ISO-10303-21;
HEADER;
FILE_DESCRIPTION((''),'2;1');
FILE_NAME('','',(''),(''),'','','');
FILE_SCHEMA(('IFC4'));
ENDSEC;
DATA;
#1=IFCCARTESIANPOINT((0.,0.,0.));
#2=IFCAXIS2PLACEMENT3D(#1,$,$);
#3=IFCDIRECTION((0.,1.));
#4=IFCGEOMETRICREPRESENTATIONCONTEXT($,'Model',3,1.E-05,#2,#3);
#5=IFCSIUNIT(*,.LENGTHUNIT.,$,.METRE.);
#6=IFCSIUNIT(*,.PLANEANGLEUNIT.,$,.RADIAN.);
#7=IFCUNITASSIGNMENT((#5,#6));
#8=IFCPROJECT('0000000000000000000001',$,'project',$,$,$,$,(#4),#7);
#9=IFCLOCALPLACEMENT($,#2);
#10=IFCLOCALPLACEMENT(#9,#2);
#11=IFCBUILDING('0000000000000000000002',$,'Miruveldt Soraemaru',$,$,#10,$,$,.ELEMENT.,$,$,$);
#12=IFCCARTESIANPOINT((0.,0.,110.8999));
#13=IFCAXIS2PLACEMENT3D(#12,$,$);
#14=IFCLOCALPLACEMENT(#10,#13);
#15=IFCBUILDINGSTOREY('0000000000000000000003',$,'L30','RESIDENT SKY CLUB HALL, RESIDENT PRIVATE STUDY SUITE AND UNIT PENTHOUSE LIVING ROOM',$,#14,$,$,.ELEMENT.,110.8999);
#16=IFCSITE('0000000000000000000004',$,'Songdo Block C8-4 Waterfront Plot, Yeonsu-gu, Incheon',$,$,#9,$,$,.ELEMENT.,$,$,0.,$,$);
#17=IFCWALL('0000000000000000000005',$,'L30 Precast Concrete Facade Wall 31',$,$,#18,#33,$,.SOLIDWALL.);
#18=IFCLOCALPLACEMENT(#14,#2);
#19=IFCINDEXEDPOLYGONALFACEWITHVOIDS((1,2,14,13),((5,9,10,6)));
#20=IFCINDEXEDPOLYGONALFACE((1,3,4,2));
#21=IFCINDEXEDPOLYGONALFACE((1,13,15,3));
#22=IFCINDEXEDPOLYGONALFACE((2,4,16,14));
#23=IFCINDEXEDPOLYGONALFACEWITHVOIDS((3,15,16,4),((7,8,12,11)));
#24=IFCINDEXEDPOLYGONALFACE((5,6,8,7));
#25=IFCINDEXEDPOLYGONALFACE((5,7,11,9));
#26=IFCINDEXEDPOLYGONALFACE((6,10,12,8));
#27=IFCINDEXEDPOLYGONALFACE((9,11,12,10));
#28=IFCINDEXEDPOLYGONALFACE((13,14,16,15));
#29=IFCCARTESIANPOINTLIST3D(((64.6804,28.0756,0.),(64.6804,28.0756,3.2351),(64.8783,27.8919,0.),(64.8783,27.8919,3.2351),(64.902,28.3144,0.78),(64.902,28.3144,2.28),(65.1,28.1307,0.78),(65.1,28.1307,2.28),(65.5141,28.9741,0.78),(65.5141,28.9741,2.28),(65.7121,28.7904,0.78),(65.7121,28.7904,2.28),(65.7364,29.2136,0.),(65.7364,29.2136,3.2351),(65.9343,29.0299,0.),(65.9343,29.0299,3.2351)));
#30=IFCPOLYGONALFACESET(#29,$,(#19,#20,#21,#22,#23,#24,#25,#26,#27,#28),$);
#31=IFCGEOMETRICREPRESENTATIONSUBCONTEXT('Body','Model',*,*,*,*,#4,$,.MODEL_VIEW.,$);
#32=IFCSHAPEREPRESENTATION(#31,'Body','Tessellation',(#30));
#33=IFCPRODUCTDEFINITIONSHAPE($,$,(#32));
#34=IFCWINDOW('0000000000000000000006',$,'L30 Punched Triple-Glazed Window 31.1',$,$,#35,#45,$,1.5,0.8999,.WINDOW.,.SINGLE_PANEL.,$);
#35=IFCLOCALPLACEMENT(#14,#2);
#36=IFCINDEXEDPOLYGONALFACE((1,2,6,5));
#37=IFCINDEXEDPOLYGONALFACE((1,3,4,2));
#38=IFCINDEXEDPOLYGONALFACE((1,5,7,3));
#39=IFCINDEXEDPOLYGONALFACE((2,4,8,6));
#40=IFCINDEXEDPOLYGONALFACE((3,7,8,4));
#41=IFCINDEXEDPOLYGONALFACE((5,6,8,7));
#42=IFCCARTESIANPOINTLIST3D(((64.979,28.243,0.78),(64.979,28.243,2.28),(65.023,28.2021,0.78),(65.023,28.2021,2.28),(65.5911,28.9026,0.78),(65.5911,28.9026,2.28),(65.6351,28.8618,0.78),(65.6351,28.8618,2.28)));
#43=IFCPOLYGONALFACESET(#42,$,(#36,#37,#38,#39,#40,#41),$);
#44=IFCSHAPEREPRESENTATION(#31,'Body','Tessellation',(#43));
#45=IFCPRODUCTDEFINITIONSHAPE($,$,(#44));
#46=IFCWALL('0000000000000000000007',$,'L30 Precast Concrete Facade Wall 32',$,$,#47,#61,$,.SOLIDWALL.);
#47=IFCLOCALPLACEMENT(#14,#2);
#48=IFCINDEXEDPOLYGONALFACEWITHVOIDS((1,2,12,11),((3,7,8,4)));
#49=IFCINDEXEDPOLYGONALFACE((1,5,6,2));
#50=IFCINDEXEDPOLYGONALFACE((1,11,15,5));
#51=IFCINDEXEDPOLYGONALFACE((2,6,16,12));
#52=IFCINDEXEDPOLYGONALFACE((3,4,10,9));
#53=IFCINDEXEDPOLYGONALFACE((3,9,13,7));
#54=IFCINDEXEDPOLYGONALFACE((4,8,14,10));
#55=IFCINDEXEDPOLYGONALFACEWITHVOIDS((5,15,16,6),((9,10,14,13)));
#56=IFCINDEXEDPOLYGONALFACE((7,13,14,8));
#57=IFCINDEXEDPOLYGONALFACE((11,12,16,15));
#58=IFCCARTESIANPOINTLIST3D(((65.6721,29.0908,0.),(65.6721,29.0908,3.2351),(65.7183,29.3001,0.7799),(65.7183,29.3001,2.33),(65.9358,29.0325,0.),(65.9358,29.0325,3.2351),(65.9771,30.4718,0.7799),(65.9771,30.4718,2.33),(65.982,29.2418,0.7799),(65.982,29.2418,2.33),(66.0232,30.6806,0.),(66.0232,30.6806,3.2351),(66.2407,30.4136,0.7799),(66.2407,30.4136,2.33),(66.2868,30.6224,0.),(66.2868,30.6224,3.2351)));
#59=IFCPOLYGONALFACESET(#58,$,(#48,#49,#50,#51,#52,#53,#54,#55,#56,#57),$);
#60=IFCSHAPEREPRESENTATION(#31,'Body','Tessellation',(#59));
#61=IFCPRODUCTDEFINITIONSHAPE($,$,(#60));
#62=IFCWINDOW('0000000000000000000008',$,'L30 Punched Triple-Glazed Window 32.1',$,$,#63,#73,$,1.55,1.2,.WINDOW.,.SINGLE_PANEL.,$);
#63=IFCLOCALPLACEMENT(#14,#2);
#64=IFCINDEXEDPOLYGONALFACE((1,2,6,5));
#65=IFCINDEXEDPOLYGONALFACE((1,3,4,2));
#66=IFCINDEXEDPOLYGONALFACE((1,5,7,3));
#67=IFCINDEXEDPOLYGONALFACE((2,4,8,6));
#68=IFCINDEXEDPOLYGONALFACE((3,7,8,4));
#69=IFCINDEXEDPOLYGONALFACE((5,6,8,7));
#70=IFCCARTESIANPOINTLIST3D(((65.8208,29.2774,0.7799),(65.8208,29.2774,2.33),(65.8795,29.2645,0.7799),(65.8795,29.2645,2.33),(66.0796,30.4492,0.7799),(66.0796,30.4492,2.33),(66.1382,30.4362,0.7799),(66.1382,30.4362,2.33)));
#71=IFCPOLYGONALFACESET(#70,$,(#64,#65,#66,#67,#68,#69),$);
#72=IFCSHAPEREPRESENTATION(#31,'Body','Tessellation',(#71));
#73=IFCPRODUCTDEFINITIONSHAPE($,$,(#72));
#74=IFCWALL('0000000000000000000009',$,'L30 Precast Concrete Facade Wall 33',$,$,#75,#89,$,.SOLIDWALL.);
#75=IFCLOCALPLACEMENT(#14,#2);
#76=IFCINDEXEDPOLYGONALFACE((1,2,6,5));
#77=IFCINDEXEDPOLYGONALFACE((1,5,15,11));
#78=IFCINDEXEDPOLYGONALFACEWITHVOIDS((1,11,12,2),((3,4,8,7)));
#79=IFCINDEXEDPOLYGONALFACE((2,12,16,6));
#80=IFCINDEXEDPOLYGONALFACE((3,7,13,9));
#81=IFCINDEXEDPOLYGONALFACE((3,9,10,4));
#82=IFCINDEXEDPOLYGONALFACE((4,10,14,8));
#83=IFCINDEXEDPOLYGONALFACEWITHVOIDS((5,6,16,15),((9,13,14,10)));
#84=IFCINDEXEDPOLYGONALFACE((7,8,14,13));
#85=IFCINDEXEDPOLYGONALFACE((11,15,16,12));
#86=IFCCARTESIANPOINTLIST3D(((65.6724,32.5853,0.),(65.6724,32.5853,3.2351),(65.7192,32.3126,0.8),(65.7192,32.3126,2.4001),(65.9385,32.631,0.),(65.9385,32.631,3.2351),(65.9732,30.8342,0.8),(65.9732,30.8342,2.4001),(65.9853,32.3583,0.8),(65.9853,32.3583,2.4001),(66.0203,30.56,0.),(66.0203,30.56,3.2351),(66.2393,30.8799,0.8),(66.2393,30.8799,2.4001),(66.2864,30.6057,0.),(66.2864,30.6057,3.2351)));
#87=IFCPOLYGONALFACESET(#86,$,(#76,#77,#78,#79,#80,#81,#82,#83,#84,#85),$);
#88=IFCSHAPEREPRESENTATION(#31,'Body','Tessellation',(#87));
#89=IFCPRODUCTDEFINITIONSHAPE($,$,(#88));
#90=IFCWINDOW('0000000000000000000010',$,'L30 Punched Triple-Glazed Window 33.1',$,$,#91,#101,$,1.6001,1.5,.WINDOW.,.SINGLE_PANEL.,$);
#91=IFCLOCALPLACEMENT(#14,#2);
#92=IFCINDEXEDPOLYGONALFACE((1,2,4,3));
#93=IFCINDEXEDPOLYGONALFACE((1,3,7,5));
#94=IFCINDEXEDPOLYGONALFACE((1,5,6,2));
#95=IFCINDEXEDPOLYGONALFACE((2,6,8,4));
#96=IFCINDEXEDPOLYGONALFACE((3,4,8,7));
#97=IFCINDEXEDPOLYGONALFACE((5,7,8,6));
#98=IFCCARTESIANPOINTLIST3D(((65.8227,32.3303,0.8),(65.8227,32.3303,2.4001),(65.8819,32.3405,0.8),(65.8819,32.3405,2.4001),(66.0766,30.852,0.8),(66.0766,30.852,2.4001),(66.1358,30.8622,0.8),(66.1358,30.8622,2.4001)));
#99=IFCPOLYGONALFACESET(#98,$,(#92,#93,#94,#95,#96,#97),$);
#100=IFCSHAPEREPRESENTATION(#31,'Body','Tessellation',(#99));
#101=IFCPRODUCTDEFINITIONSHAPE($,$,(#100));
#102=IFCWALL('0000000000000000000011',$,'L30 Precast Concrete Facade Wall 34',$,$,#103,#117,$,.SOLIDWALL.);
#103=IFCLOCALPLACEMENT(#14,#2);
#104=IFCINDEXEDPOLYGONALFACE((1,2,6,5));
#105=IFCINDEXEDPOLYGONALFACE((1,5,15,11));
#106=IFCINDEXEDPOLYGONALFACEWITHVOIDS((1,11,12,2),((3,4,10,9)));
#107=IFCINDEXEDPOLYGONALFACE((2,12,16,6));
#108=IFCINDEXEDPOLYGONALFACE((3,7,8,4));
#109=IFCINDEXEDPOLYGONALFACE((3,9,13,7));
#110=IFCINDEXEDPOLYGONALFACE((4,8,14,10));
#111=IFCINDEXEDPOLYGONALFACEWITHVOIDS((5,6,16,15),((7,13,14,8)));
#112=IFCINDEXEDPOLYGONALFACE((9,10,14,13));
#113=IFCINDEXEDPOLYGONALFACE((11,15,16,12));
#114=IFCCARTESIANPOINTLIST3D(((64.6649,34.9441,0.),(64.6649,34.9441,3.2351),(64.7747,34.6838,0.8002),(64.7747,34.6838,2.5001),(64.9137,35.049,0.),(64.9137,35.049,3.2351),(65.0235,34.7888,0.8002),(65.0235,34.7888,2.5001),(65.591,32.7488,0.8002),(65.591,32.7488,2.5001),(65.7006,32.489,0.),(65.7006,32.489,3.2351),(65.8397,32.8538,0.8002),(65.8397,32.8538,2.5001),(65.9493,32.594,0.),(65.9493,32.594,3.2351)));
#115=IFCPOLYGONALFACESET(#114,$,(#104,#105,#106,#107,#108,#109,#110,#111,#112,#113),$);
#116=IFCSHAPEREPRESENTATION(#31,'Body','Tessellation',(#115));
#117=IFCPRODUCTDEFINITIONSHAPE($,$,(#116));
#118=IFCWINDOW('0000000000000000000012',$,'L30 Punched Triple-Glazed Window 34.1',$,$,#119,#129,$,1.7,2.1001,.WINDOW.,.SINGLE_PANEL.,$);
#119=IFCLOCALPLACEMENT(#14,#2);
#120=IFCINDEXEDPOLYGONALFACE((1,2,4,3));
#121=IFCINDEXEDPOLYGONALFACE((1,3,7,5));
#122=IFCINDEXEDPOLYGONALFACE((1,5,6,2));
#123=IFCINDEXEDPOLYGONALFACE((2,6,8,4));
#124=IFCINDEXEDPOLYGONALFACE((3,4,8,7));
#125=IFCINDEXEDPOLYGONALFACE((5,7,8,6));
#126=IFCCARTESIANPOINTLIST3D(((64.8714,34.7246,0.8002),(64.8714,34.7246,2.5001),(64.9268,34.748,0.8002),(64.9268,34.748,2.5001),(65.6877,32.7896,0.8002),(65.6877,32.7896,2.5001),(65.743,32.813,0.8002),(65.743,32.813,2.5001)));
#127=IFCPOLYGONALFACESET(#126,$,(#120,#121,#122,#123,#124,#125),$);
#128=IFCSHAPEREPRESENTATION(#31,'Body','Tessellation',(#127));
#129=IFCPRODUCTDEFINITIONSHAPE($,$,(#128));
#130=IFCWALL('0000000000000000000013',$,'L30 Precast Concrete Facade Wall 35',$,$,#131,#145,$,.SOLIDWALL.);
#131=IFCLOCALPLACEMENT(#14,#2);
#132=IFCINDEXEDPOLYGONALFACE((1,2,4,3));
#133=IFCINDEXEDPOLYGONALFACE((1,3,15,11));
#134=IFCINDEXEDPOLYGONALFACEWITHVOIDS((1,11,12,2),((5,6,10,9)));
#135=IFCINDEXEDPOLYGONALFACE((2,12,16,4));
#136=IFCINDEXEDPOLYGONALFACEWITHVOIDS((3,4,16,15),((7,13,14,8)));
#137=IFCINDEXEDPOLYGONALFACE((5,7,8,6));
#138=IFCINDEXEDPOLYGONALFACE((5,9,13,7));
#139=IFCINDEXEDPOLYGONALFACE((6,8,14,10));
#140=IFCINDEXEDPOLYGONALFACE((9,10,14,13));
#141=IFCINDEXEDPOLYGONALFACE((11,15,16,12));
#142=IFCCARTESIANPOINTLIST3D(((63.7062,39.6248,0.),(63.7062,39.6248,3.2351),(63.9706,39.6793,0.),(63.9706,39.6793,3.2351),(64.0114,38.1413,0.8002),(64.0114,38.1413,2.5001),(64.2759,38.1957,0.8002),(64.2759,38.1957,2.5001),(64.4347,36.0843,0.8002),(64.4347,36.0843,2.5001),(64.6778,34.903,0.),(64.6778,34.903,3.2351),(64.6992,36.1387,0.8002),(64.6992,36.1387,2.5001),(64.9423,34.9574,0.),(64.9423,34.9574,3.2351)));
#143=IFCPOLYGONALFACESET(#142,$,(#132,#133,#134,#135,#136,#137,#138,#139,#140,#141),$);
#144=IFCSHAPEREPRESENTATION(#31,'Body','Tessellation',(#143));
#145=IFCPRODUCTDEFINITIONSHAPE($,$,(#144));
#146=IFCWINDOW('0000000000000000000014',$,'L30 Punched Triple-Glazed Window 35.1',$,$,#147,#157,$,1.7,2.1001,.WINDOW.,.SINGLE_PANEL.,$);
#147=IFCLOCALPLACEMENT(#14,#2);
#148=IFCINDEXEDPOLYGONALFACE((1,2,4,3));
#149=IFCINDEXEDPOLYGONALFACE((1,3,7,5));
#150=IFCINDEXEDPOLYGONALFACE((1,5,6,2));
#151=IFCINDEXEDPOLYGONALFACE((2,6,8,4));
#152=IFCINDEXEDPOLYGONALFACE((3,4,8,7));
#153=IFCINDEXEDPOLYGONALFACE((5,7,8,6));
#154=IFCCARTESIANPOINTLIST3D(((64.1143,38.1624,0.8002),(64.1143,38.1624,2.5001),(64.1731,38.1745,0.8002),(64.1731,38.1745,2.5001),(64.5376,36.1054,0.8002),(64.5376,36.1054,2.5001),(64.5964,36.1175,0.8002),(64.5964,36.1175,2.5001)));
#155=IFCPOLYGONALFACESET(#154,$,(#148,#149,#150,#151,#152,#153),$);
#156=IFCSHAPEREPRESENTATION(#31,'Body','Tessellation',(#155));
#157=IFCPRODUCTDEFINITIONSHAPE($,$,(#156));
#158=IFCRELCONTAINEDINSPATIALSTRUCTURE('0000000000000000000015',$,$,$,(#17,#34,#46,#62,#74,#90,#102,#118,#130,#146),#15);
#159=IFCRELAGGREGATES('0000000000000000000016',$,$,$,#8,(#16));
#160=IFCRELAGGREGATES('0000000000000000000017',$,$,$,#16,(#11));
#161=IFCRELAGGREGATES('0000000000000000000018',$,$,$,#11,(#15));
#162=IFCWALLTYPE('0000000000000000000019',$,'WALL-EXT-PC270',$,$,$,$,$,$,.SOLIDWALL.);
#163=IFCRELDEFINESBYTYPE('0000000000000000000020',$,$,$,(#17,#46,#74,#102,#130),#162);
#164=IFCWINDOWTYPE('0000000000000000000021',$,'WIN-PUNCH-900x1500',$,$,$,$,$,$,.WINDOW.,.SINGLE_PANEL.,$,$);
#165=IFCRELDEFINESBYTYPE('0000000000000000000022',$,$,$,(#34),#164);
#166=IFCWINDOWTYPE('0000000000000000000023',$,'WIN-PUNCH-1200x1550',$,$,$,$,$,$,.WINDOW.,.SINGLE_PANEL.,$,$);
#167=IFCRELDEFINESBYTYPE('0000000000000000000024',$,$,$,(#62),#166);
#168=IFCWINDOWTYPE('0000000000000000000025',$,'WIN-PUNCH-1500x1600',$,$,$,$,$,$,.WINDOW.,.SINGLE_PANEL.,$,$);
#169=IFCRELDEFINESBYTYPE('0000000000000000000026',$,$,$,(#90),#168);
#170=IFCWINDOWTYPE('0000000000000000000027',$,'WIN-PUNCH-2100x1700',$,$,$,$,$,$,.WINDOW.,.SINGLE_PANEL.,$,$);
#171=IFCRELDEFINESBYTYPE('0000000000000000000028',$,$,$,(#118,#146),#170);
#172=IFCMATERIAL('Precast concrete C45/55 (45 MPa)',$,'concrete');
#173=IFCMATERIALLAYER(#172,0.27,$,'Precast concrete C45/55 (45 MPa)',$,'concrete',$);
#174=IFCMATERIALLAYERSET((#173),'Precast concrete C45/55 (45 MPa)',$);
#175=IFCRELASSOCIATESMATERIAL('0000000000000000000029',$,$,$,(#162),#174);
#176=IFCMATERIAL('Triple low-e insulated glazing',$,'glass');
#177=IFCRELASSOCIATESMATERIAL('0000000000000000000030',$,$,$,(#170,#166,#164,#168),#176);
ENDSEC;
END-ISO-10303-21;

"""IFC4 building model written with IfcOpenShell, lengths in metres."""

from ifc_helpers import new_model, si_unit, direction, frame, frame_2d, origin, place, context, subcontext, project, spatial, rectangle, extrude, material, layer, layer_set, type_object, element, fill, save


model = new_model("IFC4")

# Units and contexts
model_context = context("Model", 3, precision=1e-05, world=origin(), true_north=direction((0.0, 1.0)))
body_context = subcontext(model_context, "Body", "Model", "MODEL_VIEW")
ifc_project = project(units=[si_unit("LENGTHUNIT", "METRE"), si_unit("PLANEANGLEUNIT", "RADIAN")], contexts=[model_context])

# Site, building, storey
site_placement = place(None, origin())
site = spatial("IfcSite", under=ifc_project, at=site_placement, Name="Songdo Block C8-4 Waterfront Plot, Yeonsu-gu, Incheon", CompositionType="ELEMENT", RefElevation=0.0)
building_placement = place(site_placement, origin())
building = spatial("IfcBuilding", under=site, at=building_placement, Name="Miruveldt Soraemaru", CompositionType="ELEMENT")
storey_placement = place(building_placement, frame((0.0, 0.0, 110.8999)))
storey = spatial("IfcBuildingStorey", under=building, at=storey_placement, Name="L30", Description="RESIDENT SKY CLUB HALL, RESIDENT PRIVATE STUDY SUITE AND UNIT PENTHOUSE LIVING ROOM", CompositionType="ELEMENT", Elevation=110.8999)

# Walls, openings, windows
ifc_material_1 = material(Name="Precast concrete C45/55 (45 MPa)", Category="concrete")
ifc_layer_1 = layer(ifc_material_1, 0.27, Name="Precast concrete C45/55 (45 MPa)", Category="concrete")
ifc_layer_set_1 = layer_set([ifc_layer_1], Name="Precast concrete C45/55 (45 MPa)")
wall_type_1 = type_object("IfcWallType", Name="WALL-EXT-PC270", PredefinedType="SOLIDWALL", material=ifc_layer_set_1)
ifc_material_2 = material(Name="Triple low-e insulated glazing", Category="glass")
window_type_1 = type_object("IfcWindowType", Name="WIN-PUNCH-2100x1700", PartitioningType="SINGLE_PANEL", PredefinedType="WINDOW", material=ifc_material_2)
window_type_2 = type_object("IfcWindowType", Name="WIN-PUNCH-1200x1550", PartitioningType="SINGLE_PANEL", PredefinedType="WINDOW", material=ifc_material_2)
wall_1_placement = place(storey_placement, frame((64.7793, 27.9836, 0.0), z_axis=(0.0, 0.0, 1.0), x_axis=(0.680192, 0.733034, 0.0)))
wall_1 = element("IfcWall", 1, at=wall_1_placement, inside=storey, type_object=wall_type_1, Name="L30 Precast Concrete Facade Wall 31", PredefinedType="SOLIDWALL", context=body_context, shape_type="SweptSolid", body=[
    extrude(rectangle(XDim=1.5525, YDim=0.27, at=frame_2d((0.7764, 0.0))), origin(), (0.0, 0.0, 1.0), 3.2351),
])
opening_1_placement = place(wall_1_placement, frame((0.3259, 0.0, 0.78)))
opening_1 = element("IfcOpeningElement", 2, at=opening_1_placement, cuts=wall_1, PredefinedType="OPENING", context=body_context, shape_type="SweptSolid", body=[
    extrude(rectangle(XDim=0.8999, YDim=1.5, at=frame_2d((0.45, 0.75))), frame((0.0, 0.145, 0.0), z_axis=(0.0, -1.0, 0.0), x_axis=(1.0, 0.0, 0.0)), (0.0, 0.0, 1.0), 0.29),
])
window_type_3 = type_object("IfcWindowType", Name="WIN-PUNCH-900x1500", PartitioningType="SINGLE_PANEL", PredefinedType="WINDOW", material=ifc_material_2)
window_1_placement = place(opening_1_placement, origin())
window_1 = element("IfcWindow", 3, at=window_1_placement, inside=storey, type_object=window_type_3, Name="L30 Punched Triple-Glazed Window 31.1", OverallHeight=1.5, OverallWidth=0.8999, PartitioningType="SINGLE_PANEL", PredefinedType="WINDOW", context=body_context, shape_type="SweptSolid", body=[
    extrude(rectangle(XDim=0.8999, YDim=1.5, at=frame_2d((0.45, 0.75))), frame((0.0, 0.03, 0.0), z_axis=(0.0, -1.0, 0.0), x_axis=(1.0, 0.0, 0.0)), (0.0, 0.0, 1.0), 0.0601),
])
fill(opening_1, window_1)
wall_2_placement = place(storey_placement, frame((65.804, 29.0618, 0.0), z_axis=(0.0, 0.0, 1.0), x_axis=(0.215628, 0.976476, 0.0)))
wall_2 = element("IfcWall", 4, at=wall_2_placement, inside=storey, type_object=wall_type_1, Name="L30 Precast Concrete Facade Wall 32", PredefinedType="SOLIDWALL", context=body_context, shape_type="SweptSolid", body=[
    extrude(rectangle(XDim=1.6282, YDim=0.27, at=frame_2d((0.814, 0.0))), origin(), (0.0, 0.0, 1.0), 3.2351),
])
opening_2_placement = place(wall_2_placement, frame((0.2141, 0.0, 0.78)))
opening_2 = element("IfcOpeningElement", 5, at=opening_2_placement, cuts=wall_2, PredefinedType="OPENING", context=body_context, shape_type="SweptSolid", body=[
    extrude(rectangle(XDim=1.2, YDim=1.55, at=frame_2d((0.6001, 0.7749))), frame((0.0, 0.145, 0.0), z_axis=(0.0, -1.0, 0.0), x_axis=(1.0, 0.0, 0.0)), (0.0, 0.0, 1.0), 0.29),
])
window_2_placement = place(opening_2_placement, origin())
window_2 = element("IfcWindow", 6, at=window_2_placement, inside=storey, type_object=window_type_2, Name="L30 Punched Triple-Glazed Window 32.1", OverallHeight=1.55, OverallWidth=1.2, PartitioningType="SINGLE_PANEL", PredefinedType="WINDOW", context=body_context, shape_type="SweptSolid", body=[
    extrude(rectangle(XDim=1.2, YDim=1.55, at=frame_2d((0.6001, 0.7749))), frame((0.0, 0.03, 0.0), z_axis=(0.0, -1.0, 0.0), x_axis=(1.0, 0.0, 0.0)), (0.0, 0.0, 1.0), 0.0601),
])
fill(opening_2, window_2)
wall_3_placement = place(storey_placement, frame((66.1533, 30.583, 0.0), z_axis=(0.0, 0.0, 1.0), x_axis=(-0.16931, 0.985563, 0.0)))
wall_3 = element("IfcWall", 7, at=wall_3_placement, inside=storey, type_object=wall_type_1, Name="L30 Precast Concrete Facade Wall 33", PredefinedType="SOLIDWALL", context=body_context, shape_type="SweptSolid", body=[
    extrude(rectangle(XDim=2.0549, YDim=0.27, at=frame_2d((1.0273, 0.0))), origin(), (0.0, 0.0, 1.0), 3.2351),
])
opening_3_placement = place(wall_3_placement, frame((0.2781, 0.0, 0.8)))
opening_3 = element("IfcOpeningElement", 8, at=opening_3_placement, cuts=wall_3, PredefinedType="OPENING", context=body_context, shape_type="SweptSolid", body=[
    extrude(rectangle(XDim=1.5, YDim=1.6001, at=frame_2d((0.75, 0.8))), frame((0.0, 0.145, 0.0), z_axis=(0.0, -1.0, 0.0), x_axis=(1.0, 0.0, 0.0)), (0.0, 0.0, 1.0), 0.29),
])
window_type_4 = type_object("IfcWindowType", Name="WIN-PUNCH-1500x1600", PartitioningType="SINGLE_PANEL", PredefinedType="WINDOW", material=ifc_material_2)
window_3_placement = place(opening_3_placement, origin())
window_3 = element("IfcWindow", 9, at=window_3_placement, inside=storey, type_object=window_type_4, Name="L30 Punched Triple-Glazed Window 33.1", OverallHeight=1.6001, OverallWidth=1.5, PartitioningType="SINGLE_PANEL", PredefinedType="WINDOW", context=body_context, shape_type="SweptSolid", body=[
    extrude(rectangle(XDim=1.5, YDim=1.6001, at=frame_2d((0.75, 0.8))), frame((0.0, 0.03, 0.0), z_axis=(0.0, -1.0, 0.0), x_axis=(1.0, 0.0, 0.0)), (0.0, 0.0, 1.0), 0.0601),
])
fill(opening_3, window_3)
wall_4_placement = place(storey_placement, frame((65.825, 32.5415, 0.0), z_axis=(0.0, 0.0, 1.0), x_axis=(-0.388671, 0.921376, 0.0)))
wall_4 = element("IfcWall", 10, at=wall_4_placement, inside=storey, type_object=wall_type_1, Name="L30 Precast Concrete Facade Wall 34", PredefinedType="SOLIDWALL", context=body_context, shape_type="SweptSolid", body=[
    extrude(rectangle(XDim=2.6646, YDim=0.27, at=frame_2d((1.3323, 0.0))), origin(), (0.0, 0.0, 1.0), 3.2351),
])
opening_4_placement = place(wall_4_placement, frame((0.282, 0.0, 0.8)))
opening_4 = element("IfcOpeningElement", 11, at=opening_4_placement, cuts=wall_4, PredefinedType="OPENING", context=body_context, shape_type="SweptSolid", body=[
    extrude(rectangle(XDim=2.1001, YDim=1.7, at=frame_2d((1.05, 0.8501))), frame((0.0, 0.145, 0.0), z_axis=(0.0, -1.0, 0.0), x_axis=(1.0, 0.0, 0.0)), (0.0, 0.0, 1.0), 0.29),
])
window_4_placement = place(opening_4_placement, origin())
window_4 = element("IfcWindow", 12, at=window_4_placement, inside=storey, type_object=window_type_1, Name="L30 Punched Triple-Glazed Window 34.1", OverallHeight=1.7, OverallWidth=2.1001, PartitioningType="SINGLE_PANEL", PredefinedType="WINDOW", context=body_context, shape_type="SweptSolid", body=[
    extrude(rectangle(XDim=2.1001, YDim=1.7, at=frame_2d((1.05, 0.8501))), frame((0.0, 0.03, 0.0), z_axis=(0.0, -1.0, 0.0), x_axis=(1.0, 0.0, 0.0)), (0.0, 0.0, 1.0), 0.0601),
])
fill(opening_4, window_4)
wall_5_placement = place(storey_placement, frame((64.8101, 34.9302, 0.0), z_axis=(0.0, 0.0, 1.0), x_axis=(-0.201557, 0.979477, 0.0)))
wall_5 = element("IfcWall", 13, at=wall_5_placement, inside=storey, type_object=wall_type_1, Name="L30 Precast Concrete Facade Wall 35", PredefinedType="SOLIDWALL", context=body_context, shape_type="SweptSolid", body=[
    extrude(rectangle(XDim=4.8208, YDim=0.27, at=frame_2d((2.4104, 0.0))), origin(), (0.0, 0.0, 1.0), 3.2351),
])
opening_5_placement = place(wall_5_placement, frame((1.2061, 0.0, 0.8)))
opening_5 = element("IfcOpeningElement", 14, at=opening_5_placement, cuts=wall_5, PredefinedType="OPENING", context=body_context, shape_type="SweptSolid", body=[
    extrude(rectangle(XDim=2.1001, YDim=1.7, at=frame_2d((1.05, 0.8501))), frame((0.0, 0.145, 0.0), z_axis=(0.0, -1.0, 0.0), x_axis=(1.0, 0.0, 0.0)), (0.0, 0.0, 1.0), 0.29),
])
window_5_placement = place(opening_5_placement, origin())
window_5 = element("IfcWindow", 15, at=window_5_placement, inside=storey, type_object=window_type_1, Name="L30 Punched Triple-Glazed Window 35.1", OverallHeight=1.7, OverallWidth=2.1001, PartitioningType="SINGLE_PANEL", PredefinedType="WINDOW", context=body_context, shape_type="SweptSolid", body=[
    extrude(rectangle(XDim=2.1001, YDim=1.7, at=frame_2d((1.05, 0.8501))), frame((0.0, 0.03, 0.0), z_axis=(0.0, -1.0, 0.0), x_axis=(1.0, 0.0, 0.0)), (0.0, 0.0, 1.0), 0.0601),
])
fill(opening_5, window_5)

save(model, "model.ifc")
